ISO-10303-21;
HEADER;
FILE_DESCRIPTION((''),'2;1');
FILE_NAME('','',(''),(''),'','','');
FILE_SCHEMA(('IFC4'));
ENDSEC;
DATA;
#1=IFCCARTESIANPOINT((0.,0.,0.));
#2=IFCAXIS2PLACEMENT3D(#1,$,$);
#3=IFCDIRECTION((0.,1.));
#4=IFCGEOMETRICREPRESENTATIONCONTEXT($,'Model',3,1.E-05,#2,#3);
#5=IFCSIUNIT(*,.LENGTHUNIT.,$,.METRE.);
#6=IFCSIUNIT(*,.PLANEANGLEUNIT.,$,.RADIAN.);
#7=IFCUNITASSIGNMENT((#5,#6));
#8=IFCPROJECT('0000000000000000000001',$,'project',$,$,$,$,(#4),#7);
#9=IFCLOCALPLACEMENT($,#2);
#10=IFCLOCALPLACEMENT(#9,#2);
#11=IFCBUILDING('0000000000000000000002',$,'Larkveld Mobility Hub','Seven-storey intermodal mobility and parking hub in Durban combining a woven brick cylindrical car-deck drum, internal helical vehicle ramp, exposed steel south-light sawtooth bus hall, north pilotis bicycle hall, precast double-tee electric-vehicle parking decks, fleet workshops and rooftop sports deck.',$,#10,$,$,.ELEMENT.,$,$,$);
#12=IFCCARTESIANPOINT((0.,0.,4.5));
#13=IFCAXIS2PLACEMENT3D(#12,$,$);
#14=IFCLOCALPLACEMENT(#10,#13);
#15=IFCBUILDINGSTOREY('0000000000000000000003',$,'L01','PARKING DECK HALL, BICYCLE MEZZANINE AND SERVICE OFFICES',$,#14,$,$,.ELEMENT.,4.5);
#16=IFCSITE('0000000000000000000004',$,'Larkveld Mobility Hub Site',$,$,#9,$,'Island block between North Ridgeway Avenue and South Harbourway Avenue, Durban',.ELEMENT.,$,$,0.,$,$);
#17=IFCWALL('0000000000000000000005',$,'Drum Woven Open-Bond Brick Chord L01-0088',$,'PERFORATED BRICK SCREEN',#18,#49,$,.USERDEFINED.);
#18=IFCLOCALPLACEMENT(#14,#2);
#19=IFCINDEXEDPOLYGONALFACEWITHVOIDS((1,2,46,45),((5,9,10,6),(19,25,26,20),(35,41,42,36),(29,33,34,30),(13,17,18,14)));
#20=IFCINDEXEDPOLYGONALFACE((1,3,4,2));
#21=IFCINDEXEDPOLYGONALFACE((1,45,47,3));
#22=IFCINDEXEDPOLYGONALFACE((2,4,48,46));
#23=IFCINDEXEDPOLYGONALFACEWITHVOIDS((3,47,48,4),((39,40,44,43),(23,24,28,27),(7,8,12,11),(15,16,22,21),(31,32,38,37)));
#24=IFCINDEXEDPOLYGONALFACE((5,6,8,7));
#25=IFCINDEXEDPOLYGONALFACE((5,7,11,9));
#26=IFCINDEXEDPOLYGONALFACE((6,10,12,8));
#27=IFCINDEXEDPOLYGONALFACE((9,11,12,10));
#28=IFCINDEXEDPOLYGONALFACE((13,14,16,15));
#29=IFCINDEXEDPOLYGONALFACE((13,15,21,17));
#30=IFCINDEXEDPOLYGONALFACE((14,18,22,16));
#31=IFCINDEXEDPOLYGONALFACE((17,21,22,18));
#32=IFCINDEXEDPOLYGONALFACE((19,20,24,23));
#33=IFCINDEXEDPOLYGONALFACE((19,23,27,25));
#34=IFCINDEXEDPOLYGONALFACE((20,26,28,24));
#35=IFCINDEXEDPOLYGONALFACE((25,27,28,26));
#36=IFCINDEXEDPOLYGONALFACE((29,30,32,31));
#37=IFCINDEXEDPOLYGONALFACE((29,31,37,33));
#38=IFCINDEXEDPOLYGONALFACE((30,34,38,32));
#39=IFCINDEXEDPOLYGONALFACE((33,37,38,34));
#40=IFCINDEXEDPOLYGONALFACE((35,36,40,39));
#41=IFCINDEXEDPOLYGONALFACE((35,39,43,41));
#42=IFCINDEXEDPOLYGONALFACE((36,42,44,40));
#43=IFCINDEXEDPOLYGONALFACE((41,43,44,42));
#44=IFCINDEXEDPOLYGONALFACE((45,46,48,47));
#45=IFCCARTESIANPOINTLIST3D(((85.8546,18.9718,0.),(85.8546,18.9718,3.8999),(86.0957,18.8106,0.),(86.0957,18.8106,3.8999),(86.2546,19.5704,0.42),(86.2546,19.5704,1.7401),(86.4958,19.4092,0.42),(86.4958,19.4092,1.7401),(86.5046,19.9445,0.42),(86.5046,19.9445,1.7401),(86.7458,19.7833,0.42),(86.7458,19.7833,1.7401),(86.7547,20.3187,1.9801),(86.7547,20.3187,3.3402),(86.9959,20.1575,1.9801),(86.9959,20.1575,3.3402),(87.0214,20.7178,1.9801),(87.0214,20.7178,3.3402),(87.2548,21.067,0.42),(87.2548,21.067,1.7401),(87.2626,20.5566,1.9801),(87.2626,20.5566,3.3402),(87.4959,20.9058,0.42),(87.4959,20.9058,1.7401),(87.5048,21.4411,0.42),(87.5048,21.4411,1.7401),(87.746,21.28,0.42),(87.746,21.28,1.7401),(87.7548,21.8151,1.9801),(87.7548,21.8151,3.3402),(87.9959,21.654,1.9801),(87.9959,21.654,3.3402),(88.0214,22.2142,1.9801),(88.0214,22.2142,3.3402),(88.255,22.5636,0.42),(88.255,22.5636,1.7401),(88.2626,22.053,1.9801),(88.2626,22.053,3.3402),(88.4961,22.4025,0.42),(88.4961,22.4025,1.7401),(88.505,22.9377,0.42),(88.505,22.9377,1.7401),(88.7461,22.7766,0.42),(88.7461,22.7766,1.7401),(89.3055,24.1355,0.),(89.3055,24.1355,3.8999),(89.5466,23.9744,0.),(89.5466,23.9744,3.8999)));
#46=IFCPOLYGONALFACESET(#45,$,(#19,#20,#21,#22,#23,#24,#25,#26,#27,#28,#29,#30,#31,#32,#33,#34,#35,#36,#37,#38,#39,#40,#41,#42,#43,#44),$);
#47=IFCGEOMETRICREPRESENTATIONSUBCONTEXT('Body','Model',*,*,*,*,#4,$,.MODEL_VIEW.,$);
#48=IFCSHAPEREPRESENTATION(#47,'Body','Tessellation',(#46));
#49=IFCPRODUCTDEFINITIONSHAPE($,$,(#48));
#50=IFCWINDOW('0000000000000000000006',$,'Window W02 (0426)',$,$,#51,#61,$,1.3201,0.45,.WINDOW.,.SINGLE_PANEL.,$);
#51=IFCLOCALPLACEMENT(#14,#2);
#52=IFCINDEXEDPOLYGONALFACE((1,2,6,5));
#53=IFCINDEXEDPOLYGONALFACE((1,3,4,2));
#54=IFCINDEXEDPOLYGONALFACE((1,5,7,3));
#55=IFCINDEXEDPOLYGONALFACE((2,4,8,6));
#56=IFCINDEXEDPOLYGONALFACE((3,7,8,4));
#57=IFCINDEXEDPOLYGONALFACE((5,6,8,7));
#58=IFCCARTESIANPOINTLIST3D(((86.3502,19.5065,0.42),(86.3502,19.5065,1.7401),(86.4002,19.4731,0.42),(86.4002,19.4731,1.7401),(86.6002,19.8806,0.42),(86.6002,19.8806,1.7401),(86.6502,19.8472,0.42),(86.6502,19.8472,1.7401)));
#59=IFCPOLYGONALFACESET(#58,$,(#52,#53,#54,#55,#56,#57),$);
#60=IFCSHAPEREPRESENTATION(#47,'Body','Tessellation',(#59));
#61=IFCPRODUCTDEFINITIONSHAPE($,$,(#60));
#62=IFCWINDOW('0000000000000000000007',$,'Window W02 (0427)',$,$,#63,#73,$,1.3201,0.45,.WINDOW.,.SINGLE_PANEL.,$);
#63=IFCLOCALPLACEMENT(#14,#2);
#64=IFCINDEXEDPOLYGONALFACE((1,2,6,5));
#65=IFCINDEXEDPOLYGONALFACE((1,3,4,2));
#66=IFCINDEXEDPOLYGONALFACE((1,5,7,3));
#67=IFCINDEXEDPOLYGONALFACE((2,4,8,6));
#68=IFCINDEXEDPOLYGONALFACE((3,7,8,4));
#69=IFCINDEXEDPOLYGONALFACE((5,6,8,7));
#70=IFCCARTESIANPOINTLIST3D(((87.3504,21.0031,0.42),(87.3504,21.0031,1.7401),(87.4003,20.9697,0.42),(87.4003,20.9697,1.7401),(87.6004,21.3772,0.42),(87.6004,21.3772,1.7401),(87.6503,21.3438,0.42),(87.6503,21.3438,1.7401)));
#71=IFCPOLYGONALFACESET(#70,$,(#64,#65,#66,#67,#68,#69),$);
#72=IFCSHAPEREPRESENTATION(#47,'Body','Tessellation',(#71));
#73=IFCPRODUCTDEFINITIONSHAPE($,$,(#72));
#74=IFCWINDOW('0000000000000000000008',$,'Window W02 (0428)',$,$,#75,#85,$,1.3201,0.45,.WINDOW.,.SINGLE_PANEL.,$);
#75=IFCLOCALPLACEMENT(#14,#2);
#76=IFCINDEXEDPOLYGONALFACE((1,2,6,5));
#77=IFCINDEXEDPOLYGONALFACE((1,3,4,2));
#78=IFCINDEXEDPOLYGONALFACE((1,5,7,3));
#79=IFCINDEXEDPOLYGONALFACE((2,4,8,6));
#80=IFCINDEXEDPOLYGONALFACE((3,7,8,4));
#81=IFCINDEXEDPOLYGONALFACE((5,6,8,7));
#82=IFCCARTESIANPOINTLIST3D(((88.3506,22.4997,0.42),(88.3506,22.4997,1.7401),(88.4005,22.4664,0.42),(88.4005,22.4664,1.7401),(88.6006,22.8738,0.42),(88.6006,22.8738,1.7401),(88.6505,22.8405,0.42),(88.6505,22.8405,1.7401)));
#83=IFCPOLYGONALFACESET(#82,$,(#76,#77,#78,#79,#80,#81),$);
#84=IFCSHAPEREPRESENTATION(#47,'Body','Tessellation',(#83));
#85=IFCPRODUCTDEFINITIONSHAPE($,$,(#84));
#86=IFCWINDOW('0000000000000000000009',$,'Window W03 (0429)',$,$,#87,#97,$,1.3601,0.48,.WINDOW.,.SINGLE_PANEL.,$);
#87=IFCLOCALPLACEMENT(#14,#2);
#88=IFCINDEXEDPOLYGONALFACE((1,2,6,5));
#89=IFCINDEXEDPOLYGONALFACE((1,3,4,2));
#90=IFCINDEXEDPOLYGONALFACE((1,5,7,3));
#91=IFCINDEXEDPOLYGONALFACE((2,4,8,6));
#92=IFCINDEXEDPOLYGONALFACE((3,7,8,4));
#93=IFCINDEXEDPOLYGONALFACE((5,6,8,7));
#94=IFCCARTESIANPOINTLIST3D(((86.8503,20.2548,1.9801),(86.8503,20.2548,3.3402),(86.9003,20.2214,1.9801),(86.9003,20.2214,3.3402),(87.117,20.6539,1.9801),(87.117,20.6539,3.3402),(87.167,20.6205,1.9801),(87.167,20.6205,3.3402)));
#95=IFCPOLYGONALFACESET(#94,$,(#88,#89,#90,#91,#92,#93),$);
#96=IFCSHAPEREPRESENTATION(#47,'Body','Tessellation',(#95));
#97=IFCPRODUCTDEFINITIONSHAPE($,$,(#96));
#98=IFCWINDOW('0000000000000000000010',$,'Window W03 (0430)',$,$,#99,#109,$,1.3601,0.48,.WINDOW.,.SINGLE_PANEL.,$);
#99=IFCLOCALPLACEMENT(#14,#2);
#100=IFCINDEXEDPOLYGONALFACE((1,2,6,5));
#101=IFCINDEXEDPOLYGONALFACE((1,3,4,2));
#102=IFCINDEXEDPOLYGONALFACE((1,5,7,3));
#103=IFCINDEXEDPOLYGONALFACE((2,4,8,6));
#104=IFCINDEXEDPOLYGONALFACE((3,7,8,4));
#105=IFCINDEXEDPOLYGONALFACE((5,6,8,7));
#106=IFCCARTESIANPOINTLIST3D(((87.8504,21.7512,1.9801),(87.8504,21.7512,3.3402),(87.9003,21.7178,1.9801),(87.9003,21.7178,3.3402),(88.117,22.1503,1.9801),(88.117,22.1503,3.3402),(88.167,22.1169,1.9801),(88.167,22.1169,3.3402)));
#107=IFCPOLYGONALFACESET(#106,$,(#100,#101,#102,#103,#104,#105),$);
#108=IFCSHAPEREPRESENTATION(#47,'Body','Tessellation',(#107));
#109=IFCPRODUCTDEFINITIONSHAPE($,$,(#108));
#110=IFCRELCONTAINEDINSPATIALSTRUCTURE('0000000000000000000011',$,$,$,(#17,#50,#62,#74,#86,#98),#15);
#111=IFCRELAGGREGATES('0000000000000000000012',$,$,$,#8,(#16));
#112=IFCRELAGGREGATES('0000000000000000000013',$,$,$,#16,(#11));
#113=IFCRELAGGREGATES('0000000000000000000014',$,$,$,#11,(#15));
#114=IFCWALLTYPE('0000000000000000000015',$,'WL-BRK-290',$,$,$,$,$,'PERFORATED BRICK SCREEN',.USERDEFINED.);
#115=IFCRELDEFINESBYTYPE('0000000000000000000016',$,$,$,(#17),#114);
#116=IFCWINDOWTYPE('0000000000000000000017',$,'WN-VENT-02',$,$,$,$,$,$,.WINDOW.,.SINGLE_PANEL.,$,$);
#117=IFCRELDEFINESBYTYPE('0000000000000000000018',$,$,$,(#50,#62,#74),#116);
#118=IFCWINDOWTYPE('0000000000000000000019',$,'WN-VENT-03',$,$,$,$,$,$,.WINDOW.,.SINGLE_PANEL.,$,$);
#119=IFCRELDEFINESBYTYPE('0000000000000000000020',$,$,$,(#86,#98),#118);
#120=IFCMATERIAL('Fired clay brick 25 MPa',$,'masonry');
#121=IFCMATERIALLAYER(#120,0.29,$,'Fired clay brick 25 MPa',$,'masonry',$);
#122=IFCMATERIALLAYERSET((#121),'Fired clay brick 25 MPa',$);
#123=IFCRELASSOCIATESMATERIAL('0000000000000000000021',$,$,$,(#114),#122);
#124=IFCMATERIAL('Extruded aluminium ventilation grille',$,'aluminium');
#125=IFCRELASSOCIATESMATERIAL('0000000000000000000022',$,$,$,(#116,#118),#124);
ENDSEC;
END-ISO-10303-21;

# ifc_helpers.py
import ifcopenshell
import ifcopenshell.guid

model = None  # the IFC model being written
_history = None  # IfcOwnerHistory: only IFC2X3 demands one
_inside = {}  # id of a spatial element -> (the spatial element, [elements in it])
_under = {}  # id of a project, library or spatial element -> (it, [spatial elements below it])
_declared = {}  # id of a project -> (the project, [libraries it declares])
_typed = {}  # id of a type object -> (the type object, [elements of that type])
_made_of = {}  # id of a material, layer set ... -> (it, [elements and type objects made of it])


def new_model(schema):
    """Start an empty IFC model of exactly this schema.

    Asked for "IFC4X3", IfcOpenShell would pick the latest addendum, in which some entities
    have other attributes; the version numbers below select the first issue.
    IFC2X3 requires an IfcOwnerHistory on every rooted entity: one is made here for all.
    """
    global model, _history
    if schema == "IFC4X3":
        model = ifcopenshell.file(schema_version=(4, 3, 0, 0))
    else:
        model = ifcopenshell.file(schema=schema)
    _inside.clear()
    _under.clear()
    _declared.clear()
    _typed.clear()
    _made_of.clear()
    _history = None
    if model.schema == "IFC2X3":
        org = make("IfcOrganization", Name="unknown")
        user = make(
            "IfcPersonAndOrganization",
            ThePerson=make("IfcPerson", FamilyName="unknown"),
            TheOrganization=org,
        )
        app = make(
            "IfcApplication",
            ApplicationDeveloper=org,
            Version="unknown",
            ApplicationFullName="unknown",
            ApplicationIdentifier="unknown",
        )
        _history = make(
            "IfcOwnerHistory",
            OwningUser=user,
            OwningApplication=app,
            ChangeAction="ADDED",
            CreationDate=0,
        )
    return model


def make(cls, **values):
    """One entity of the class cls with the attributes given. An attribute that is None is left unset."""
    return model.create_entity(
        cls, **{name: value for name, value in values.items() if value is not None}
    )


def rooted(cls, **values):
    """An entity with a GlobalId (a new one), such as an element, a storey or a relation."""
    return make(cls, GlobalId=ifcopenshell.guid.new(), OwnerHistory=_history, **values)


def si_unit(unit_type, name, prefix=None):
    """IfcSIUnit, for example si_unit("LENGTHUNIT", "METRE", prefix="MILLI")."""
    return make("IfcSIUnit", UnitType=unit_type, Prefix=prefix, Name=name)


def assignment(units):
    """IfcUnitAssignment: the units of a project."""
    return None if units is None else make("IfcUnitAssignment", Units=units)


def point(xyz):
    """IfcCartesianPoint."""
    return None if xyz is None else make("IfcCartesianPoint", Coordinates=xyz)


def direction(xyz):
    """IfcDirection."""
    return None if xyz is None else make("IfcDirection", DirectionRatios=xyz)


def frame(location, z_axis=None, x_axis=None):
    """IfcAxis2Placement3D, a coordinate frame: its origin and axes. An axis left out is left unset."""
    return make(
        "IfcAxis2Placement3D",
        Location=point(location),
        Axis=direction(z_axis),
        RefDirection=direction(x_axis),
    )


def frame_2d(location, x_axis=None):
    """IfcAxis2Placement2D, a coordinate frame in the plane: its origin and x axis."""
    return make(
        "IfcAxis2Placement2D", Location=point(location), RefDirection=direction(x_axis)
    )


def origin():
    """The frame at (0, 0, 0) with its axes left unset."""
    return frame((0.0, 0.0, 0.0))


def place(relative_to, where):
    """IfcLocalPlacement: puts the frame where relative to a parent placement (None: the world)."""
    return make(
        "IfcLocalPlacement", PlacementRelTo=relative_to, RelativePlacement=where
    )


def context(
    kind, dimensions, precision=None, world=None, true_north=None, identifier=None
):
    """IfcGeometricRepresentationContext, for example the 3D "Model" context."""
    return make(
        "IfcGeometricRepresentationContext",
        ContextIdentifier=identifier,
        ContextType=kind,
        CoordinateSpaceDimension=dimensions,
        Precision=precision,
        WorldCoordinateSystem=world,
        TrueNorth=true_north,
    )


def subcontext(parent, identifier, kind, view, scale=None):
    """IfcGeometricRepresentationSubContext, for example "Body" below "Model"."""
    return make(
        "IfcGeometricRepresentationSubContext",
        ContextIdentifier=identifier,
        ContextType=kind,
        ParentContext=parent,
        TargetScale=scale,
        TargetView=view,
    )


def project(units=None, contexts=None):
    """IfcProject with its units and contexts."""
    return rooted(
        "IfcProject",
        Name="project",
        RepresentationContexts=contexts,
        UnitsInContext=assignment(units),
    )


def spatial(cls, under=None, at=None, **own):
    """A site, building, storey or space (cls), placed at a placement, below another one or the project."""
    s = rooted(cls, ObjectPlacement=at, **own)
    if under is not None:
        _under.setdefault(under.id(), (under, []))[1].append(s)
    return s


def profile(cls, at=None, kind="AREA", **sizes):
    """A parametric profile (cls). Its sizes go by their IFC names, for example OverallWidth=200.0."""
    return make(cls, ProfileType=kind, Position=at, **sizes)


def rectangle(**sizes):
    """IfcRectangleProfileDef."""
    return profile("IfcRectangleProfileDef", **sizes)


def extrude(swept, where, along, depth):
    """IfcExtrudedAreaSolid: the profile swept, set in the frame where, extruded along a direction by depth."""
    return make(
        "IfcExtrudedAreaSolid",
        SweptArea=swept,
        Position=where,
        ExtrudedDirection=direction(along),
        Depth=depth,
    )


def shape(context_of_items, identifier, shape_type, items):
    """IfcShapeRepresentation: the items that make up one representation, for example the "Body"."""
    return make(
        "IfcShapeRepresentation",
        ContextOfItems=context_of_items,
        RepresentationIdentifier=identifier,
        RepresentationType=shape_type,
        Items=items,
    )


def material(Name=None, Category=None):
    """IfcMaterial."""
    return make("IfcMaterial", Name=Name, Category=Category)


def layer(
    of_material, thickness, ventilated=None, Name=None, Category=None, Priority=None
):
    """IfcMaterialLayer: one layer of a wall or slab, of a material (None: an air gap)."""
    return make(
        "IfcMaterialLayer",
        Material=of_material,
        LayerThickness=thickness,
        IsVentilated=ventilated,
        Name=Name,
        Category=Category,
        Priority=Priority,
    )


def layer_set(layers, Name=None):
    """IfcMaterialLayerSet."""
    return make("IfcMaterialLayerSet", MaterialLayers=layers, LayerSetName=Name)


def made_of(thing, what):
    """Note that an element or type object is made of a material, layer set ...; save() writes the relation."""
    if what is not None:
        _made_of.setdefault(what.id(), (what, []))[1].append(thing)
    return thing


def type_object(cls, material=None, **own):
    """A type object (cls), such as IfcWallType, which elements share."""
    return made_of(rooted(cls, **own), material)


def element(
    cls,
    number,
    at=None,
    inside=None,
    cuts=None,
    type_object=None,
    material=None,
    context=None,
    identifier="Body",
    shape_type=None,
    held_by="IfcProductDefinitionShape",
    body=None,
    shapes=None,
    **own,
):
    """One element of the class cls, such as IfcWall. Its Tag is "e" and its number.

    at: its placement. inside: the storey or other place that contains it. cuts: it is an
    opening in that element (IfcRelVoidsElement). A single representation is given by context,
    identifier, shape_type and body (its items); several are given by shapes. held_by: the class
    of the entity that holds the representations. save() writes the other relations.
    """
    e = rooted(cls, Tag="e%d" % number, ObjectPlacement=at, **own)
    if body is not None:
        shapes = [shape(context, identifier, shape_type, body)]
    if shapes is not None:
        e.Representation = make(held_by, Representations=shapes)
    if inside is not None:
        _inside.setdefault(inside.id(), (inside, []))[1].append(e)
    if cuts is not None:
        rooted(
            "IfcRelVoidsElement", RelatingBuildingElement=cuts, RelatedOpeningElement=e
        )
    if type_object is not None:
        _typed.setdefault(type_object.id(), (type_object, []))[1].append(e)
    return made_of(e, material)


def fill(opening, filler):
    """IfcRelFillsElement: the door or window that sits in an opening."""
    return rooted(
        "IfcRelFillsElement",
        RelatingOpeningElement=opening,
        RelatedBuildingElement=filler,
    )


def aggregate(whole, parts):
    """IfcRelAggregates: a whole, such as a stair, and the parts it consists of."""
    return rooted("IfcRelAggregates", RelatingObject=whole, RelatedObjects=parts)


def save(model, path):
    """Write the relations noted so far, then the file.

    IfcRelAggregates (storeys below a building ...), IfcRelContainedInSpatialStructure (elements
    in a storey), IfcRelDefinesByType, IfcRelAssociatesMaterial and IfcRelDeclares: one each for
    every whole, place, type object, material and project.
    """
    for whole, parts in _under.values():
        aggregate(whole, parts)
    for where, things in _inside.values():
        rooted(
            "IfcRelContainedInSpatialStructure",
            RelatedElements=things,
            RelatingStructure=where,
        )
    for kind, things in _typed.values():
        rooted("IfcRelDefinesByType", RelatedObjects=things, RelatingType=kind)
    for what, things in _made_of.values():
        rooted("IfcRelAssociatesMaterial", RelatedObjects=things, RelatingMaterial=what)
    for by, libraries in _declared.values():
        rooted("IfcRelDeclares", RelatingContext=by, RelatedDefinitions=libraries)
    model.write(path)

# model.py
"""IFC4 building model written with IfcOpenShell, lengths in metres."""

from ifc_helpers import new_model, si_unit, direction, frame, frame_2d, origin, place, context, subcontext, project, spatial, rectangle, extrude, material, layer, layer_set, type_object, element, fill, save


model = new_model("IFC4")

# Units and contexts
model_context = context("Model", 3, precision=1e-05, world=origin(), true_north=direction((0.0, 1.0)))
body_context = subcontext(model_context, "Body", "Model", "MODEL_VIEW")
ifc_project = project(units=[si_unit("LENGTHUNIT", "METRE"), si_unit("PLANEANGLEUNIT", "RADIAN")], contexts=[model_context])

# Site, building, storey
site_placement = place(None, origin())
site = spatial("IfcSite", under=ifc_project, at=site_placement, Name="Larkveld Mobility Hub Site", LongName="Island block between North Ridgeway Avenue and South Harbourway Avenue, Durban", CompositionType="ELEMENT", RefElevation=0.0)
building_placement = place(site_placement, origin())
building = spatial("IfcBuilding", under=site, at=building_placement, Name="Larkveld Mobility Hub", Description="Seven-storey intermodal mobility and parking hub in Durban combining a woven brick cylindrical car-deck drum, internal helical vehicle ramp, exposed steel south-light sawtooth bus hall, north pilotis bicycle hall, precast double-tee electric-vehicle parking decks, fleet workshops and rooftop sports deck.", CompositionType="ELEMENT")
storey_placement = place(building_placement, frame((0.0, 0.0, 4.5)))
storey = spatial("IfcBuildingStorey", under=building, at=storey_placement, Name="L01", Description="PARKING DECK HALL, BICYCLE MEZZANINE AND SERVICE OFFICES", CompositionType="ELEMENT", Elevation=4.5)

# Wall, openings, windows
ifc_material_1 = material(Name="Fired clay brick 25 MPa", Category="masonry")
ifc_layer = layer(ifc_material_1, 0.29, Name="Fired clay brick 25 MPa", Category="masonry")
ifc_layer_set = layer_set([ifc_layer], Name="Fired clay brick 25 MPa")
wall_type = type_object("IfcWallType", Name="WL-BRK-290", ElementType="PERFORATED BRICK SCREEN", PredefinedType="USERDEFINED", material=ifc_layer_set)
wall_placement = place(storey_placement, frame((85.9751, 18.8911, 0.0), z_axis=(0.0, 0.0, 1.0), x_axis=(0.555634, 0.831427, 0.0)))
wall = element("IfcWall", 1, at=wall_placement, inside=storey, type_object=wall_type, Name="Drum Woven Open-Bond Brick Chord L01-0088", ObjectType="PERFORATED BRICK SCREEN", PredefinedType="USERDEFINED", context=body_context, shape_type="SweptSolid", body=[
    extrude(rectangle(XDim=6.2107, YDim=0.29, at=frame_2d((3.1055, 0.0))), origin(), (0.0, 0.0, 1.0), 3.8999),
])
opening_1_placement = place(wall_placement, frame((0.72, 0.0, 0.4199)))
opening_1 = element("IfcOpeningElement", 2, at=opening_1_placement, cuts=wall, PredefinedType="OPENING", context=body_context, shape_type="SweptSolid", body=[
    extrude(rectangle(XDim=0.45, YDim=1.3201, at=frame_2d((0.2251, 0.6602))), frame((0.0, 0.155, 0.0), z_axis=(0.0, -1.0, 0.0), x_axis=(1.0, 0.0, 0.0)), (0.0, 0.0, 1.0), 0.3101),
])
opening_2_placement = place(wall_placement, frame((2.52, 0.0, 0.4199)))
opening_2 = element("IfcOpeningElement", 3, at=opening_2_placement, cuts=wall, PredefinedType="OPENING", context=body_context, shape_type="SweptSolid", body=[
    extrude(rectangle(XDim=0.45, YDim=1.3201, at=frame_2d((0.2251, 0.6602))), frame((0.0, 0.155, 0.0), z_axis=(0.0, -1.0, 0.0), x_axis=(1.0, 0.0, 0.0)), (0.0, 0.0, 1.0), 0.3101),
])
opening_3_placement = place(wall_placement, frame((4.3201, 0.0, 0.4199)))
opening_3 = element("IfcOpeningElement", 4, at=opening_3_placement, cuts=wall, PredefinedType="OPENING", context=body_context, shape_type="SweptSolid", body=[
    extrude(rectangle(XDim=0.45, YDim=1.3201, at=frame_2d((0.2251, 0.6602))), frame((0.0, 0.155, 0.0), z_axis=(0.0, -1.0, 0.0), x_axis=(1.0, 0.0, 0.0)), (0.0, 0.0, 1.0), 0.3101),
])
opening_4_placement = place(wall_placement, frame((1.6201, 0.0, 1.98)))
opening_4 = element("IfcOpeningElement", 5, at=opening_4_placement, cuts=wall, PredefinedType="OPENING", context=body_context, shape_type="SweptSolid", body=[
    extrude(rectangle(XDim=0.48, YDim=1.3601, at=frame_2d((0.24, 0.6802))), frame((0.0, 0.155, 0.0), z_axis=(0.0, -1.0, 0.0), x_axis=(1.0, 0.0, 0.0)), (0.0, 0.0, 1.0), 0.3101),
])
opening_5_placement = place(wall_placement, frame((3.4199, 0.0, 1.98)))
opening_5 = element("IfcOpeningElement", 6, at=opening_5_placement, cuts=wall, PredefinedType="OPENING", context=body_context, shape_type="SweptSolid", body=[
    extrude(rectangle(XDim=0.48, YDim=1.3601, at=frame_2d((0.24, 0.6802))), frame((0.0, 0.155, 0.0), z_axis=(0.0, -1.0, 0.0), x_axis=(1.0, 0.0, 0.0)), (0.0, 0.0, 1.0), 0.3101),
])
ifc_material_2 = material(Name="Extruded aluminium ventilation grille", Category="aluminium")
window_type_1 = type_object("IfcWindowType", Name="WN-VENT-02", PartitioningType="SINGLE_PANEL", PredefinedType="WINDOW", material=ifc_material_2)
window_1_placement = place(opening_1_placement, origin())
window_1 = element("IfcWindow", 7, at=window_1_placement, inside=storey, type_object=window_type_1, Name="Window W02 (0426)", OverallHeight=1.3201, OverallWidth=0.45, PartitioningType="SINGLE_PANEL", PredefinedType="WINDOW", context=body_context, shape_type="SweptSolid", body=[
    extrude(rectangle(XDim=0.45, YDim=1.3201, at=frame_2d((0.2251, 0.6602))), frame((0.0, 0.03, 0.0), z_axis=(0.0, -1.0, 0.0), x_axis=(1.0, 0.0, 0.0)), (0.0, 0.0, 1.0), 0.0601),
])
fill(opening_1, window_1)
window_2_placement = place(opening_2_placement, origin())
window_2 = element("IfcWindow", 8, at=window_2_placement, inside=storey, type_object=window_type_1, Name="Window W02 (0427)", OverallHeight=1.3201, OverallWidth=0.45, PartitioningType="SINGLE_PANEL", PredefinedType="WINDOW", context=body_context, shape_type="SweptSolid", body=[
    extrude(rectangle(XDim=0.45, YDim=1.3201, at=frame_2d((0.2251, 0.6602))), frame((0.0, 0.03, 0.0), z_axis=(0.0, -1.0, 0.0), x_axis=(1.0, 0.0, 0.0)), (0.0, 0.0, 1.0), 0.0601),
])
fill(opening_2, window_2)
window_3_placement = place(opening_3_placement, origin())
window_3 = element("IfcWindow", 9, at=window_3_placement, inside=storey, type_object=window_type_1, Name="Window W02 (0428)", OverallHeight=1.3201, OverallWidth=0.45, PartitioningType="SINGLE_PANEL", PredefinedType="WINDOW", context=body_context, shape_type="SweptSolid", body=[
    extrude(rectangle(XDim=0.45, YDim=1.3201, at=frame_2d((0.2251, 0.6602))), frame((0.0, 0.03, 0.0), z_axis=(0.0, -1.0, 0.0), x_axis=(1.0, 0.0, 0.0)), (0.0, 0.0, 1.0), 0.0601),
])
fill(opening_3, window_3)
window_type_2 = type_object("IfcWindowType", Name="WN-VENT-03", PartitioningType="SINGLE_PANEL", PredefinedType="WINDOW", material=ifc_material_2)
window_4_placement = place(opening_4_placement, origin())
window_4 = element("IfcWindow", 10, at=window_4_placement, inside=storey, type_object=window_type_2, Name="Window W03 (0429)", OverallHeight=1.3601, OverallWidth=0.48, PartitioningType="SINGLE_PANEL", PredefinedType="WINDOW", context=body_context, shape_type="SweptSolid", body=[
    extrude(rectangle(XDim=0.48, YDim=1.3601, at=frame_2d((0.24, 0.6802))), frame((0.0, 0.03, 0.0), z_axis=(0.0, -1.0, 0.0), x_axis=(1.0, 0.0, 0.0)), (0.0, 0.0, 1.0), 0.0601),
])
fill(opening_4, window_4)
window_5_placement = place(opening_5_placement, origin())
window_5 = element("IfcWindow", 11, at=window_5_placement, inside=storey, type_object=window_type_2, Name="Window W03 (0430)", OverallHeight=1.3601, OverallWidth=0.48, PartitioningType="SINGLE_PANEL", PredefinedType="WINDOW", context=body_context, shape_type="SweptSolid", body=[
    extrude(rectangle(XDim=0.48, YDim=1.3601, at=frame_2d((0.24, 0.6802))), frame((0.0, 0.03, 0.0), z_axis=(0.0, -1.0, 0.0), x_axis=(1.0, 0.0, 0.0)), (0.0, 0.0, 1.0), 0.0601),
])
fill(opening_5, window_5)

save(model, "model.ifc")
